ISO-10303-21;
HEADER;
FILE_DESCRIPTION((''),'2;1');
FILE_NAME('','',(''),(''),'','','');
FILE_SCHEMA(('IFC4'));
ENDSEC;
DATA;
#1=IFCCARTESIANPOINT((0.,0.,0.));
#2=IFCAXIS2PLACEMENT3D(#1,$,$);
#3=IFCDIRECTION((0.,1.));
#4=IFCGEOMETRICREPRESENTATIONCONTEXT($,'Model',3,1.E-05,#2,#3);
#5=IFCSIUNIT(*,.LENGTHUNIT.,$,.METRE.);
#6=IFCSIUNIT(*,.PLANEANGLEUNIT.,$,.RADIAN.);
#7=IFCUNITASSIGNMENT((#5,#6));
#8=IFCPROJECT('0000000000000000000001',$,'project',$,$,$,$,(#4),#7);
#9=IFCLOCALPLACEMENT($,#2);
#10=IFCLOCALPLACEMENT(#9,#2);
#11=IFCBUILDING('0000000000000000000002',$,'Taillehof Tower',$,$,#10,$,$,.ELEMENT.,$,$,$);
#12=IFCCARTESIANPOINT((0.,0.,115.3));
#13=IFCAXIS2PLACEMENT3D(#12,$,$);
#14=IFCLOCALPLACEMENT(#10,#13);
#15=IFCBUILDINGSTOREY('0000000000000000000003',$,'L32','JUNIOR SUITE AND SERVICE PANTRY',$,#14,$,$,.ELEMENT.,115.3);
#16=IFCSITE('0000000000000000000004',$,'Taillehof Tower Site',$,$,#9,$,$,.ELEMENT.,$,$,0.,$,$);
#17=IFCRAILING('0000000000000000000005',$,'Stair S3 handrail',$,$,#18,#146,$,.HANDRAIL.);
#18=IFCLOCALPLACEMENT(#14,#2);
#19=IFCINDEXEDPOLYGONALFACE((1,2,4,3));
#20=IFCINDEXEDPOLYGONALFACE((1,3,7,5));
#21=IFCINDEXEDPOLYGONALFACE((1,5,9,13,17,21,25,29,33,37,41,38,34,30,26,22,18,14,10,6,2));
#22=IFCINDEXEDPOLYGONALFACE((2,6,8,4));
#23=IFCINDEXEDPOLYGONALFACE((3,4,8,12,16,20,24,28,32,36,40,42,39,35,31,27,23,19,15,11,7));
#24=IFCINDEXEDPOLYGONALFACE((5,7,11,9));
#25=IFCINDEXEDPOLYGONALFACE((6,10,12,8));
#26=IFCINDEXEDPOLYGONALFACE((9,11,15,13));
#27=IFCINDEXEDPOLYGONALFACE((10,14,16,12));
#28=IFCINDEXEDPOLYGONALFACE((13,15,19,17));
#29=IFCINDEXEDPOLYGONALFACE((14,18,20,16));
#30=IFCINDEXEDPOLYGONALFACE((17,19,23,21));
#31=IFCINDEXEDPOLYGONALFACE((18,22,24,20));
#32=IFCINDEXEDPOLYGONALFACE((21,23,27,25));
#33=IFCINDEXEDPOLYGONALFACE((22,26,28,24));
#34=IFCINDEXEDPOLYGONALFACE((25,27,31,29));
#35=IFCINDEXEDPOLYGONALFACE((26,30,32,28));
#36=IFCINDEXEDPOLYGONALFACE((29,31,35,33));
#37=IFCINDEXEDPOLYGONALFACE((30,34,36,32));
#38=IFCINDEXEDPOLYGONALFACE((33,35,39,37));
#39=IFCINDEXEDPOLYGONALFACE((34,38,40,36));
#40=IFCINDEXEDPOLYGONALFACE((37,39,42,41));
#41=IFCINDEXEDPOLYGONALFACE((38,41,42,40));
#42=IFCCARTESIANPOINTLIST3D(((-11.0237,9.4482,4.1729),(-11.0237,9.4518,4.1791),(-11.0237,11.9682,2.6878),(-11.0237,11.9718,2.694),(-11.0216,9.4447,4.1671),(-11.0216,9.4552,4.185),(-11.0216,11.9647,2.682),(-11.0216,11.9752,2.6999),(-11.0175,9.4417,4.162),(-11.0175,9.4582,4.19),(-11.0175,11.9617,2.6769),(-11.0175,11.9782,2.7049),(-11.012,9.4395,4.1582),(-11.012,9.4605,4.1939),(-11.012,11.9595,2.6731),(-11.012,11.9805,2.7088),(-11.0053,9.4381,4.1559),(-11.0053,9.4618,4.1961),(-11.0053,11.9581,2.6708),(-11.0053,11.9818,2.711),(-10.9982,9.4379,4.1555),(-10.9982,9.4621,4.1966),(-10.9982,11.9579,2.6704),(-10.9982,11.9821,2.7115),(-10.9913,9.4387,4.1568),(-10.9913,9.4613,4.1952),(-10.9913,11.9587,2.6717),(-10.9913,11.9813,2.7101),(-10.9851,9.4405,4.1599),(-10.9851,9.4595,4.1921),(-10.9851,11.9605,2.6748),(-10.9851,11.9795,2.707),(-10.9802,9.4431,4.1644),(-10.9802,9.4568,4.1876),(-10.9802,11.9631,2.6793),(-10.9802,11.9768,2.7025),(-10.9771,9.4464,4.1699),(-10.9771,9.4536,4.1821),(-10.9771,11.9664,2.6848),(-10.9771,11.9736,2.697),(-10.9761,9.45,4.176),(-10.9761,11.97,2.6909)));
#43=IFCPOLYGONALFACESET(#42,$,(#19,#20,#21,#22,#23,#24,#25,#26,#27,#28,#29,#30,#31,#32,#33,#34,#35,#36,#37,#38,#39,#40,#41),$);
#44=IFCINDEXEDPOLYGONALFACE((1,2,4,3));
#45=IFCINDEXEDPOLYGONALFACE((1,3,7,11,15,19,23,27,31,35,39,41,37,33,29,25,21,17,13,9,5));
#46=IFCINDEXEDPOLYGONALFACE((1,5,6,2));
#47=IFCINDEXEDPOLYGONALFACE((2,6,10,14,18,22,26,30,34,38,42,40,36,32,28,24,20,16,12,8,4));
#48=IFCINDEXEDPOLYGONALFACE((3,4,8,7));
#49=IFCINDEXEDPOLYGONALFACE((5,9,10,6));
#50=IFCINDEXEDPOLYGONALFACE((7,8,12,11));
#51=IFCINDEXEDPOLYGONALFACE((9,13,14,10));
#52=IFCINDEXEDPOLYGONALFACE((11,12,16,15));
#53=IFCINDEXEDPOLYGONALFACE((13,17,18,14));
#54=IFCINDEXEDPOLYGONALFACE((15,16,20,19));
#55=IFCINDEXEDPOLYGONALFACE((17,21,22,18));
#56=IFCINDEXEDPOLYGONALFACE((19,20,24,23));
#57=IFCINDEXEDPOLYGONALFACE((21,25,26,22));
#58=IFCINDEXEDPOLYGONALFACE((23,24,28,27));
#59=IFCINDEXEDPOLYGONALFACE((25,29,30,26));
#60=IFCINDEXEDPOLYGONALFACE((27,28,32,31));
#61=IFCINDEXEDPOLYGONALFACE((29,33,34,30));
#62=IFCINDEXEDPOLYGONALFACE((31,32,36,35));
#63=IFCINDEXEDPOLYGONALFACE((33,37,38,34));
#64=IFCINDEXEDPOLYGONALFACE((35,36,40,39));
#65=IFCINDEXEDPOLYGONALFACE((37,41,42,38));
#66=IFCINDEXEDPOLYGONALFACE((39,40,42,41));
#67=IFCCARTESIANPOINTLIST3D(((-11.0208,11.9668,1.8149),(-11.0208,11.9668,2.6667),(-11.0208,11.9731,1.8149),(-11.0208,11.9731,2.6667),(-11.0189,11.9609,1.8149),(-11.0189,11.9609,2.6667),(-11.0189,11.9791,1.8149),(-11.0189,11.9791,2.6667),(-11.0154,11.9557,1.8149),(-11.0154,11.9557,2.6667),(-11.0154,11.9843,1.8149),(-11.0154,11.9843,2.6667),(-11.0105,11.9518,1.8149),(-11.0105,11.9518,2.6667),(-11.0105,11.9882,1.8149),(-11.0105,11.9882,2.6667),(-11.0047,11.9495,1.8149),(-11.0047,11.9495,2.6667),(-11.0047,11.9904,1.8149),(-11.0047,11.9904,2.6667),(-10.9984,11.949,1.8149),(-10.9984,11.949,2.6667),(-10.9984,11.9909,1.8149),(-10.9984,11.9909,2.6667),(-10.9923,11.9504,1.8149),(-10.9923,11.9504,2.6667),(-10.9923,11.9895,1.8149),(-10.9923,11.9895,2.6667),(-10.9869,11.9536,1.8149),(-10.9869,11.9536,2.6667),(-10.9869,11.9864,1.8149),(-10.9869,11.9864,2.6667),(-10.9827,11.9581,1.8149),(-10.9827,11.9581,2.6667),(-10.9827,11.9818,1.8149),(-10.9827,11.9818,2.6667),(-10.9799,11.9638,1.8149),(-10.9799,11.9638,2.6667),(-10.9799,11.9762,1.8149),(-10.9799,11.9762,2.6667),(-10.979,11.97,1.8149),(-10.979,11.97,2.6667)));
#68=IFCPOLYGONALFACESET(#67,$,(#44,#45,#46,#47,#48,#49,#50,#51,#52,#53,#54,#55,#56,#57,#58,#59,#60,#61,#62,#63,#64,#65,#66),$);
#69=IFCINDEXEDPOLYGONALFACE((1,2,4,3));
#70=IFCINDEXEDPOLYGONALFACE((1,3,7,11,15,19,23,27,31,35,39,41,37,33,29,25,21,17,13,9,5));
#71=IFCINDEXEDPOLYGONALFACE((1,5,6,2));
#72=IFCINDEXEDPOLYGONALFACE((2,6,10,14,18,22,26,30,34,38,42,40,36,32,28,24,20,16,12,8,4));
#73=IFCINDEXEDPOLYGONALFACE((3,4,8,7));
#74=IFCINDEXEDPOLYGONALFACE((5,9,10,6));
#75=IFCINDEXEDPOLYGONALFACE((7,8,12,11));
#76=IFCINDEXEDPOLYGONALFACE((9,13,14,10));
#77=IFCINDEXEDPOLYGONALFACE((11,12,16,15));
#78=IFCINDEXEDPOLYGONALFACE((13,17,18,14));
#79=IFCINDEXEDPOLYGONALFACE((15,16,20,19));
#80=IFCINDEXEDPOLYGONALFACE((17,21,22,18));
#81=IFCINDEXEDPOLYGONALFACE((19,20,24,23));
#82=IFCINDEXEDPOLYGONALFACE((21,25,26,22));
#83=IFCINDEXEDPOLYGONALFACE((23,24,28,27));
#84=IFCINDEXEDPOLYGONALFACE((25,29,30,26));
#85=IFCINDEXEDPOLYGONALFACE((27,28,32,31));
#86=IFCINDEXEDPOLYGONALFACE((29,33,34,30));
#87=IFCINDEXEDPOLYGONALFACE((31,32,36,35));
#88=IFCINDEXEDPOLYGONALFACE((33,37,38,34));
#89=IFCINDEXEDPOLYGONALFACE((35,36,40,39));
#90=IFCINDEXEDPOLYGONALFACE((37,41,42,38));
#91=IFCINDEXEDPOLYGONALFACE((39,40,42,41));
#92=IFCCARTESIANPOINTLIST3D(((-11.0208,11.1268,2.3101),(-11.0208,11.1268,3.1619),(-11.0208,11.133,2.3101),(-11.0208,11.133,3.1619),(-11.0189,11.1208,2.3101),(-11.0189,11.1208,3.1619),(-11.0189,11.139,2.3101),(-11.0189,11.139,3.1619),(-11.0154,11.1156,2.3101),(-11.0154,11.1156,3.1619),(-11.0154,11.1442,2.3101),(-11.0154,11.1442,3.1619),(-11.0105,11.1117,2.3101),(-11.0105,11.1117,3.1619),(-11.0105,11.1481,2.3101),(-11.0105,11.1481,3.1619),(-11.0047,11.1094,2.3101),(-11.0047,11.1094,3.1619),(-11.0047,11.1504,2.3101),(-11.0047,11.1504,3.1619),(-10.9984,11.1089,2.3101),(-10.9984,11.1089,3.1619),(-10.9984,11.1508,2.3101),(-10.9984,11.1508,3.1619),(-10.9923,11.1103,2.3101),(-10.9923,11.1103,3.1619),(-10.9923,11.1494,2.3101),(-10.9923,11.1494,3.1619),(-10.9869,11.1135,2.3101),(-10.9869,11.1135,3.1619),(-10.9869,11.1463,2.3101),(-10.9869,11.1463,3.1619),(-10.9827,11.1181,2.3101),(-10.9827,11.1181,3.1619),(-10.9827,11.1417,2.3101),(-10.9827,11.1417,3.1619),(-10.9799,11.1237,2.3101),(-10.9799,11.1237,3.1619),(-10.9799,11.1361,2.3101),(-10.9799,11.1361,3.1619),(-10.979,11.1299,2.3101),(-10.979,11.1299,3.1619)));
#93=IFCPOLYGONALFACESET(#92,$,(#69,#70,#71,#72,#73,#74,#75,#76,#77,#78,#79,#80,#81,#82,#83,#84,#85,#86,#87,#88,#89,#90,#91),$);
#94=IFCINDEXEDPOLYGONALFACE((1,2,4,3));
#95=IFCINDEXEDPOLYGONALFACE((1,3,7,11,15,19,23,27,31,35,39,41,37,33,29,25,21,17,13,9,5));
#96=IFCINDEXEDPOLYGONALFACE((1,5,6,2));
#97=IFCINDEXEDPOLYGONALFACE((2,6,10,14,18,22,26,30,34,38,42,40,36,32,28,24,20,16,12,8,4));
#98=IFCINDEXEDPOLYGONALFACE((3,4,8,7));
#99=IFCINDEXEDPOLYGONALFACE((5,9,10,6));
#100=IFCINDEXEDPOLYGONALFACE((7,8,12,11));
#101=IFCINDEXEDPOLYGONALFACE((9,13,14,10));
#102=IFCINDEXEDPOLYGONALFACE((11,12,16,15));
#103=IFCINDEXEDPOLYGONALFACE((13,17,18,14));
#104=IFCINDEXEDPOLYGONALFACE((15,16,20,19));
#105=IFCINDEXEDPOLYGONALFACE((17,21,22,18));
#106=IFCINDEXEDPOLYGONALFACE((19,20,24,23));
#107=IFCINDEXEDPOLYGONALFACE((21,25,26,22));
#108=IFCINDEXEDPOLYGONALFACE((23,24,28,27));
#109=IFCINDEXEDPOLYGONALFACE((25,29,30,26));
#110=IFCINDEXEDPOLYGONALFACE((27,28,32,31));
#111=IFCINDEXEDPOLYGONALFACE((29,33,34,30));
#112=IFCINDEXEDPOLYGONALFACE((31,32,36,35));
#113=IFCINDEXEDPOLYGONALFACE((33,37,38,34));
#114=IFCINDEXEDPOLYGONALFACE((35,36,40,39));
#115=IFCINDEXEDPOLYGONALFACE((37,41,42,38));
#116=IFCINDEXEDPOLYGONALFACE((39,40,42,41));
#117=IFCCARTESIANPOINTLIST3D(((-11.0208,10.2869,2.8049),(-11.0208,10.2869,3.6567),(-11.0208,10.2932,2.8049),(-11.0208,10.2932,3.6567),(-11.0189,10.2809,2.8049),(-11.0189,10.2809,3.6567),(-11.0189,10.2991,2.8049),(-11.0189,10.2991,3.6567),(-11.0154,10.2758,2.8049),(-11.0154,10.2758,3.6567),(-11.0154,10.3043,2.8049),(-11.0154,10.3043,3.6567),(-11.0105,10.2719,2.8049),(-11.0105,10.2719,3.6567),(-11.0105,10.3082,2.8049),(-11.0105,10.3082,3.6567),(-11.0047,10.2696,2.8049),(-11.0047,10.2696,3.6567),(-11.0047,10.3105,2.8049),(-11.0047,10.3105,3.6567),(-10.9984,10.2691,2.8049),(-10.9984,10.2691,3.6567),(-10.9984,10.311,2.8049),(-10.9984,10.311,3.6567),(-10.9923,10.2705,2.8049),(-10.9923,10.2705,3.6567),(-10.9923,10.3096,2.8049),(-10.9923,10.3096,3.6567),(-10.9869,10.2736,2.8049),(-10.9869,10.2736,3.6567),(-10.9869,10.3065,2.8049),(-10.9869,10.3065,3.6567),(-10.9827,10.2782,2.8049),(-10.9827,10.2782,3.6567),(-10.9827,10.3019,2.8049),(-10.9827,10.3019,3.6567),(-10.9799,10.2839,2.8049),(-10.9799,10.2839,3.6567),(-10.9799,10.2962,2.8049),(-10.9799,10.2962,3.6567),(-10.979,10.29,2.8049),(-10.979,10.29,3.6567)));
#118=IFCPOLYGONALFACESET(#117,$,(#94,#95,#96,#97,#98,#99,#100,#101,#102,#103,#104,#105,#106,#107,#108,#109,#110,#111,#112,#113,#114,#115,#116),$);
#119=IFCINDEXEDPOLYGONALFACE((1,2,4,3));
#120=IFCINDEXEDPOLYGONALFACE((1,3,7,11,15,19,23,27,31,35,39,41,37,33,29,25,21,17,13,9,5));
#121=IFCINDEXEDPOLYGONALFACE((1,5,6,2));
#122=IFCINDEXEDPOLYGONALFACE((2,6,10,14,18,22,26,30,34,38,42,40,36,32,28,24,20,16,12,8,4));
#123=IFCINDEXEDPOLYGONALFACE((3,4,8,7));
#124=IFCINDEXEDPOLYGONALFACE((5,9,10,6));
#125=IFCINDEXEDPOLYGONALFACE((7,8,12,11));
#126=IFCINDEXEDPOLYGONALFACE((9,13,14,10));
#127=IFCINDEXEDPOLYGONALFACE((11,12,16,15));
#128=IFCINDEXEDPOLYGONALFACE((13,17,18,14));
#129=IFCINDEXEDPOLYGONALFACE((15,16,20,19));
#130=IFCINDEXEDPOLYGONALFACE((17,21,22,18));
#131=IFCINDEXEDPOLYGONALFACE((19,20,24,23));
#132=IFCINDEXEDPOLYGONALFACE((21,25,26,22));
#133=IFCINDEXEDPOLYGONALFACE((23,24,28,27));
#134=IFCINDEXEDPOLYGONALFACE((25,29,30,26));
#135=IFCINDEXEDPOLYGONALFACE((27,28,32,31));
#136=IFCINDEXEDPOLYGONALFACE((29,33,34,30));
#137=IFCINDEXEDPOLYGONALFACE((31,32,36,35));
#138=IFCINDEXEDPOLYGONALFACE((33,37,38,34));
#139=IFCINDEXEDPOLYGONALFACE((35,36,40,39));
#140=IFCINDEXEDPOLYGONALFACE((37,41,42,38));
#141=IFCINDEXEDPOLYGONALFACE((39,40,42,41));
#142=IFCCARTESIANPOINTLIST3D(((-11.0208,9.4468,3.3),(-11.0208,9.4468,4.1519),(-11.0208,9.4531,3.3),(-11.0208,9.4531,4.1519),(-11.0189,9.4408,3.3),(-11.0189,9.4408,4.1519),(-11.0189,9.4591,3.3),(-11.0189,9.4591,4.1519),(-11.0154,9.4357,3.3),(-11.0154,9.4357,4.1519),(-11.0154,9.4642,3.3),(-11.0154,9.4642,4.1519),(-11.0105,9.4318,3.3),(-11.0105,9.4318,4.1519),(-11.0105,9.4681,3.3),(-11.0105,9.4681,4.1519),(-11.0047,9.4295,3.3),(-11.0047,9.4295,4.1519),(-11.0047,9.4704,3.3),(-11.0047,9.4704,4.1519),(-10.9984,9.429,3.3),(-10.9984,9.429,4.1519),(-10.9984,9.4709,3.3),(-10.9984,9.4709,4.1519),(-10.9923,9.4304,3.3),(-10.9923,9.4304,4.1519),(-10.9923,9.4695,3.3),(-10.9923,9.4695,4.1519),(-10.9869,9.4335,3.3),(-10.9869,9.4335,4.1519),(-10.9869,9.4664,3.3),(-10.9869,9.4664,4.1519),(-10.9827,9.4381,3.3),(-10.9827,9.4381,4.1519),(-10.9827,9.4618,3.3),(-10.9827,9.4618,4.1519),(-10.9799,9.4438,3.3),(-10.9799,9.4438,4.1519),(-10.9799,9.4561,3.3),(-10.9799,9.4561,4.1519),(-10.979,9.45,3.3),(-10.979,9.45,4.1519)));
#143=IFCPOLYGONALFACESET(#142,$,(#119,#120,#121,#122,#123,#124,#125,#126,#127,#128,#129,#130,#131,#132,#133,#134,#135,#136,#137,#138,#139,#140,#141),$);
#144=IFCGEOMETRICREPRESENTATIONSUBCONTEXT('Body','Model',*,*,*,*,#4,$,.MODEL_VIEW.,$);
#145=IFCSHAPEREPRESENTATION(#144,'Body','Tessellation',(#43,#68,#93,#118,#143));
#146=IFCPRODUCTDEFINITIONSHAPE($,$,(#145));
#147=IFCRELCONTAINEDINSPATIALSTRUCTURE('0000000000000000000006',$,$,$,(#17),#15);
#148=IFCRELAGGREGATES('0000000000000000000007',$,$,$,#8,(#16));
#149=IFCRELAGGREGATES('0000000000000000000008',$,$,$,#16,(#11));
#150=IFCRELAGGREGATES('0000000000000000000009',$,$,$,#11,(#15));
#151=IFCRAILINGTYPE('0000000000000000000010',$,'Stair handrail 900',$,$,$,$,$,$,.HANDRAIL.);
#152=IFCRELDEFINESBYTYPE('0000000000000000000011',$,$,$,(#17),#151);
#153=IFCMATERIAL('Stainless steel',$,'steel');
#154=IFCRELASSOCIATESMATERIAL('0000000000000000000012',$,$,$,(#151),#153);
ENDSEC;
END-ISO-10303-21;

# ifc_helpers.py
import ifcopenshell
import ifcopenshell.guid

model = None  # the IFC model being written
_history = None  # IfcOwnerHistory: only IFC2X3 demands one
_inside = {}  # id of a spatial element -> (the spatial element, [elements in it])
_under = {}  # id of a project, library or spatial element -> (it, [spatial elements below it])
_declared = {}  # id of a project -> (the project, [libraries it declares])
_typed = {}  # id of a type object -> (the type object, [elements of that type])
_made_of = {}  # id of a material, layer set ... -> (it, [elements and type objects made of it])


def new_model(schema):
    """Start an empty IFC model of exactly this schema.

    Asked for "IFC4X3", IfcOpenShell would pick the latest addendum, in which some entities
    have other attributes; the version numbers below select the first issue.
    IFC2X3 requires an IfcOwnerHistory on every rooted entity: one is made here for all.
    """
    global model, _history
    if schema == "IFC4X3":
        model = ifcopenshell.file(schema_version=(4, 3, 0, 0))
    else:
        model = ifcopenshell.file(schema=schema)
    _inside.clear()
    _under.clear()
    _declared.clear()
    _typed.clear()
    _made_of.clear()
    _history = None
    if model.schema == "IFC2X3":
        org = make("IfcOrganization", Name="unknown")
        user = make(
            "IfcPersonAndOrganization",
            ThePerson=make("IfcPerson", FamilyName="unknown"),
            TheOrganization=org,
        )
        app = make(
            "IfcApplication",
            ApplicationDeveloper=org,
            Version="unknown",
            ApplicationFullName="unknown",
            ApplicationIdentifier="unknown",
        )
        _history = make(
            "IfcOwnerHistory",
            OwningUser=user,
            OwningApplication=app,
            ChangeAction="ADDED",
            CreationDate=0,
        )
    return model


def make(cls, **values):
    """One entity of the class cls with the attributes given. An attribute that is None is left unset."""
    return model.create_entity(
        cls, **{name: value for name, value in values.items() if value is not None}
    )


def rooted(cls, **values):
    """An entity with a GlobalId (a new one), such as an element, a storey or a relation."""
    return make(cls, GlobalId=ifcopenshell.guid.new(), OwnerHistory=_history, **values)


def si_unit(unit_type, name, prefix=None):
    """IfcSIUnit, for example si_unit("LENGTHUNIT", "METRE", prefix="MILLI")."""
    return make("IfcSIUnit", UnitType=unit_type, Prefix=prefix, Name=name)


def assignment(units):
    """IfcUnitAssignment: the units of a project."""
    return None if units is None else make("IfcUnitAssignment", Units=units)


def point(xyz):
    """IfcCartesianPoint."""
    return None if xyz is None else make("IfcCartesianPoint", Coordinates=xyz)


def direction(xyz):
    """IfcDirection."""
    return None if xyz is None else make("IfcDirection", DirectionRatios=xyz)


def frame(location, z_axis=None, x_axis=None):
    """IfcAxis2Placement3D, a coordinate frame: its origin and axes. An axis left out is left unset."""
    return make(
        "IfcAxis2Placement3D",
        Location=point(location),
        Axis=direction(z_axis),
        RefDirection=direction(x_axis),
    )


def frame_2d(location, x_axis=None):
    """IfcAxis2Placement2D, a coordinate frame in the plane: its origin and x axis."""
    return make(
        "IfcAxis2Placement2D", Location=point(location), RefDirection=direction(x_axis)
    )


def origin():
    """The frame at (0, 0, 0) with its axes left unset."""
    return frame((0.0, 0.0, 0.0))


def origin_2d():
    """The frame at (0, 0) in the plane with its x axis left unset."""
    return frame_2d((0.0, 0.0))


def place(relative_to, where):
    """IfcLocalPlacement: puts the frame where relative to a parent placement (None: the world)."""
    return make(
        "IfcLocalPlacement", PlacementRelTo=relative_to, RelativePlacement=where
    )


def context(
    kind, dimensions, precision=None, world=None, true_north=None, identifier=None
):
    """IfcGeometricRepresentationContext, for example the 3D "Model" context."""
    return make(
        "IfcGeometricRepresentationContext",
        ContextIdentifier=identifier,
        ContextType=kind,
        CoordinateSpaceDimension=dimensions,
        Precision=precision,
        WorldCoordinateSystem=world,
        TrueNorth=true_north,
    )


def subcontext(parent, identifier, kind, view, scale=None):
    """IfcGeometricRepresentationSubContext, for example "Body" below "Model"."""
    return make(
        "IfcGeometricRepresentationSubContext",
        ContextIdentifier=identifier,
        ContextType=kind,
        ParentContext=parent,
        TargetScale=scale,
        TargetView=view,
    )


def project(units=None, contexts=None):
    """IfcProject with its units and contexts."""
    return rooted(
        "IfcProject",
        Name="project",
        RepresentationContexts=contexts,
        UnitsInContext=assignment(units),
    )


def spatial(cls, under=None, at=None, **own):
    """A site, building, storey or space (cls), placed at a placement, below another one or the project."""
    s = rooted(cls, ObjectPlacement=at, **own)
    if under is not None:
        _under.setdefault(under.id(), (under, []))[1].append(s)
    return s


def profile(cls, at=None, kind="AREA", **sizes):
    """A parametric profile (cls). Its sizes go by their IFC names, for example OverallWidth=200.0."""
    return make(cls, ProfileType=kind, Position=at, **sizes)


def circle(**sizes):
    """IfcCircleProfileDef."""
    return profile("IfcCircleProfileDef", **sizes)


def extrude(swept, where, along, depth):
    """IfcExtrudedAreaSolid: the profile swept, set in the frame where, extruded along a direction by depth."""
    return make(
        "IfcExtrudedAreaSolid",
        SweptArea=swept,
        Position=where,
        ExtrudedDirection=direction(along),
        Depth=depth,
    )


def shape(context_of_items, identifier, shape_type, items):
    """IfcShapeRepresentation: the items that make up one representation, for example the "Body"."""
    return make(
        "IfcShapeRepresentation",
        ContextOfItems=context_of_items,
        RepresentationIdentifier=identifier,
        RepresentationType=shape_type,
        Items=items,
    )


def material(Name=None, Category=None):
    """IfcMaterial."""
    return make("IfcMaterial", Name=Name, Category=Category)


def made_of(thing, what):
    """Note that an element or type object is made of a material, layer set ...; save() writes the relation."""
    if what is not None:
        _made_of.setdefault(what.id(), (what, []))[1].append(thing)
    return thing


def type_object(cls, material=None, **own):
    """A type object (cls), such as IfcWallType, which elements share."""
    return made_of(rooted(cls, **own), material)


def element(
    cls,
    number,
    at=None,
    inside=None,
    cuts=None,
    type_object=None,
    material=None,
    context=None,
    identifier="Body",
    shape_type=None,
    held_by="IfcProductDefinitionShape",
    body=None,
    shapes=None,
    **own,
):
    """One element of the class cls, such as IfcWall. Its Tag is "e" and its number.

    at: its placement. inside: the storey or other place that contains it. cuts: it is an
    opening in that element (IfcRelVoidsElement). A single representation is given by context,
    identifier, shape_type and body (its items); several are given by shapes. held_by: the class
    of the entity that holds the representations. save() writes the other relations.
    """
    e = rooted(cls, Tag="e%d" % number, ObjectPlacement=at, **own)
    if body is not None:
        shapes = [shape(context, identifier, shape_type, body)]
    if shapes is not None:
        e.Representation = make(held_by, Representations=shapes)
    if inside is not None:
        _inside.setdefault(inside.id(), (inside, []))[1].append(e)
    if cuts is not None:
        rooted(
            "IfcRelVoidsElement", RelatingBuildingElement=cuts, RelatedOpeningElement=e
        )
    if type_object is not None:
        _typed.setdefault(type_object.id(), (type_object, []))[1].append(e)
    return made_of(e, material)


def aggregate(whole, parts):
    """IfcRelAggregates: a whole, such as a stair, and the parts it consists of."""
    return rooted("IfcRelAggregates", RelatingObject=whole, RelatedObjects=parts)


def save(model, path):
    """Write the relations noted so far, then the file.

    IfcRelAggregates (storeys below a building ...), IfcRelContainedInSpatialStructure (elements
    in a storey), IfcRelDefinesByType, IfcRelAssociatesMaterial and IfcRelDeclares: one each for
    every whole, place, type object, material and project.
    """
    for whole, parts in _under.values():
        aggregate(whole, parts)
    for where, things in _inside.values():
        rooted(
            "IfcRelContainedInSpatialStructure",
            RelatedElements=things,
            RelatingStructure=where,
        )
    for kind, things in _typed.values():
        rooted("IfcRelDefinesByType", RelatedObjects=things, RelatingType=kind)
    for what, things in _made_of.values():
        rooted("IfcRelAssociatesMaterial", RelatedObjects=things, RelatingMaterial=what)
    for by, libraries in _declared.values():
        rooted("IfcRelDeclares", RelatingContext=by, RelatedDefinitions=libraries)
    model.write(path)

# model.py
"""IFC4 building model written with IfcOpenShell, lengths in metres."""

from ifc_helpers import new_model, si_unit, direction, frame, origin, origin_2d, place, context, subcontext, project, spatial, circle, extrude, material, type_object, element, save


model = new_model("IFC4")

# Units and contexts
model_context = context("Model", 3, precision=1e-05, world=origin(), true_north=direction((0.0, 1.0)))
body_context = subcontext(model_context, "Body", "Model", "MODEL_VIEW")
ifc_project = project(units=[si_unit("LENGTHUNIT", "METRE"), si_unit("PLANEANGLEUNIT", "RADIAN")], contexts=[model_context])

# Site, building, storey
site_placement = place(None, origin())
site = spatial("IfcSite", under=ifc_project, at=site_placement, Name="Taillehof Tower Site", CompositionType="ELEMENT", RefElevation=0.0)
building_placement = place(site_placement, origin())
building = spatial("IfcBuilding", under=site, at=building_placement, Name="Taillehof Tower", CompositionType="ELEMENT")
storey_placement = place(building_placement, frame((0.0, 0.0, 115.3)))
storey = spatial("IfcBuildingStorey", under=building, at=storey_placement, Name="L32", Description="JUNIOR SUITE AND SERVICE PANTRY", CompositionType="ELEMENT", Elevation=115.3)

# Railing
ifc_material_1 = material(Name="Stainless steel", Category="steel")
railing_type = type_object("IfcRailingType", Name="Stair handrail 900", PredefinedType="HANDRAIL", material=ifc_material_1)
railing_placement = place(storey_placement, frame((-11.0, 11.97, 1.8149)))
element("IfcRailing", 1, at=railing_placement, inside=storey, type_object=railing_type, Name="Stair S3 handrail", PredefinedType="HANDRAIL", context=body_context, shape_type="SweptSolid", body=[
    extrude(circle(Radius=0.0239, at=origin_2d()), frame((0.0, 0.0, 0.876), z_axis=(0.0, -0.861524, 0.507717), x_axis=(1.0, 0.0, 0.0)), (0.0, 0.0, 1.0), 2.925),
    extrude(circle(Radius=0.021, at=origin_2d()), origin(), (0.0, 0.0, 1.0), 0.8518),
    extrude(circle(Radius=0.021, at=origin_2d()), frame((0.0, -0.8401, 0.4951)), (0.0, 0.0, 1.0), 0.8518),
    extrude(circle(Radius=0.021, at=origin_2d()), frame((0.0, -1.6799, 0.99)), (0.0, 0.0, 1.0), 0.8518),
    extrude(circle(Radius=0.021, at=origin_2d()), frame((0.0, -2.52, 1.4851)), (0.0, 0.0, 1.0), 0.8518),
])

save(model, "model.ifc")
